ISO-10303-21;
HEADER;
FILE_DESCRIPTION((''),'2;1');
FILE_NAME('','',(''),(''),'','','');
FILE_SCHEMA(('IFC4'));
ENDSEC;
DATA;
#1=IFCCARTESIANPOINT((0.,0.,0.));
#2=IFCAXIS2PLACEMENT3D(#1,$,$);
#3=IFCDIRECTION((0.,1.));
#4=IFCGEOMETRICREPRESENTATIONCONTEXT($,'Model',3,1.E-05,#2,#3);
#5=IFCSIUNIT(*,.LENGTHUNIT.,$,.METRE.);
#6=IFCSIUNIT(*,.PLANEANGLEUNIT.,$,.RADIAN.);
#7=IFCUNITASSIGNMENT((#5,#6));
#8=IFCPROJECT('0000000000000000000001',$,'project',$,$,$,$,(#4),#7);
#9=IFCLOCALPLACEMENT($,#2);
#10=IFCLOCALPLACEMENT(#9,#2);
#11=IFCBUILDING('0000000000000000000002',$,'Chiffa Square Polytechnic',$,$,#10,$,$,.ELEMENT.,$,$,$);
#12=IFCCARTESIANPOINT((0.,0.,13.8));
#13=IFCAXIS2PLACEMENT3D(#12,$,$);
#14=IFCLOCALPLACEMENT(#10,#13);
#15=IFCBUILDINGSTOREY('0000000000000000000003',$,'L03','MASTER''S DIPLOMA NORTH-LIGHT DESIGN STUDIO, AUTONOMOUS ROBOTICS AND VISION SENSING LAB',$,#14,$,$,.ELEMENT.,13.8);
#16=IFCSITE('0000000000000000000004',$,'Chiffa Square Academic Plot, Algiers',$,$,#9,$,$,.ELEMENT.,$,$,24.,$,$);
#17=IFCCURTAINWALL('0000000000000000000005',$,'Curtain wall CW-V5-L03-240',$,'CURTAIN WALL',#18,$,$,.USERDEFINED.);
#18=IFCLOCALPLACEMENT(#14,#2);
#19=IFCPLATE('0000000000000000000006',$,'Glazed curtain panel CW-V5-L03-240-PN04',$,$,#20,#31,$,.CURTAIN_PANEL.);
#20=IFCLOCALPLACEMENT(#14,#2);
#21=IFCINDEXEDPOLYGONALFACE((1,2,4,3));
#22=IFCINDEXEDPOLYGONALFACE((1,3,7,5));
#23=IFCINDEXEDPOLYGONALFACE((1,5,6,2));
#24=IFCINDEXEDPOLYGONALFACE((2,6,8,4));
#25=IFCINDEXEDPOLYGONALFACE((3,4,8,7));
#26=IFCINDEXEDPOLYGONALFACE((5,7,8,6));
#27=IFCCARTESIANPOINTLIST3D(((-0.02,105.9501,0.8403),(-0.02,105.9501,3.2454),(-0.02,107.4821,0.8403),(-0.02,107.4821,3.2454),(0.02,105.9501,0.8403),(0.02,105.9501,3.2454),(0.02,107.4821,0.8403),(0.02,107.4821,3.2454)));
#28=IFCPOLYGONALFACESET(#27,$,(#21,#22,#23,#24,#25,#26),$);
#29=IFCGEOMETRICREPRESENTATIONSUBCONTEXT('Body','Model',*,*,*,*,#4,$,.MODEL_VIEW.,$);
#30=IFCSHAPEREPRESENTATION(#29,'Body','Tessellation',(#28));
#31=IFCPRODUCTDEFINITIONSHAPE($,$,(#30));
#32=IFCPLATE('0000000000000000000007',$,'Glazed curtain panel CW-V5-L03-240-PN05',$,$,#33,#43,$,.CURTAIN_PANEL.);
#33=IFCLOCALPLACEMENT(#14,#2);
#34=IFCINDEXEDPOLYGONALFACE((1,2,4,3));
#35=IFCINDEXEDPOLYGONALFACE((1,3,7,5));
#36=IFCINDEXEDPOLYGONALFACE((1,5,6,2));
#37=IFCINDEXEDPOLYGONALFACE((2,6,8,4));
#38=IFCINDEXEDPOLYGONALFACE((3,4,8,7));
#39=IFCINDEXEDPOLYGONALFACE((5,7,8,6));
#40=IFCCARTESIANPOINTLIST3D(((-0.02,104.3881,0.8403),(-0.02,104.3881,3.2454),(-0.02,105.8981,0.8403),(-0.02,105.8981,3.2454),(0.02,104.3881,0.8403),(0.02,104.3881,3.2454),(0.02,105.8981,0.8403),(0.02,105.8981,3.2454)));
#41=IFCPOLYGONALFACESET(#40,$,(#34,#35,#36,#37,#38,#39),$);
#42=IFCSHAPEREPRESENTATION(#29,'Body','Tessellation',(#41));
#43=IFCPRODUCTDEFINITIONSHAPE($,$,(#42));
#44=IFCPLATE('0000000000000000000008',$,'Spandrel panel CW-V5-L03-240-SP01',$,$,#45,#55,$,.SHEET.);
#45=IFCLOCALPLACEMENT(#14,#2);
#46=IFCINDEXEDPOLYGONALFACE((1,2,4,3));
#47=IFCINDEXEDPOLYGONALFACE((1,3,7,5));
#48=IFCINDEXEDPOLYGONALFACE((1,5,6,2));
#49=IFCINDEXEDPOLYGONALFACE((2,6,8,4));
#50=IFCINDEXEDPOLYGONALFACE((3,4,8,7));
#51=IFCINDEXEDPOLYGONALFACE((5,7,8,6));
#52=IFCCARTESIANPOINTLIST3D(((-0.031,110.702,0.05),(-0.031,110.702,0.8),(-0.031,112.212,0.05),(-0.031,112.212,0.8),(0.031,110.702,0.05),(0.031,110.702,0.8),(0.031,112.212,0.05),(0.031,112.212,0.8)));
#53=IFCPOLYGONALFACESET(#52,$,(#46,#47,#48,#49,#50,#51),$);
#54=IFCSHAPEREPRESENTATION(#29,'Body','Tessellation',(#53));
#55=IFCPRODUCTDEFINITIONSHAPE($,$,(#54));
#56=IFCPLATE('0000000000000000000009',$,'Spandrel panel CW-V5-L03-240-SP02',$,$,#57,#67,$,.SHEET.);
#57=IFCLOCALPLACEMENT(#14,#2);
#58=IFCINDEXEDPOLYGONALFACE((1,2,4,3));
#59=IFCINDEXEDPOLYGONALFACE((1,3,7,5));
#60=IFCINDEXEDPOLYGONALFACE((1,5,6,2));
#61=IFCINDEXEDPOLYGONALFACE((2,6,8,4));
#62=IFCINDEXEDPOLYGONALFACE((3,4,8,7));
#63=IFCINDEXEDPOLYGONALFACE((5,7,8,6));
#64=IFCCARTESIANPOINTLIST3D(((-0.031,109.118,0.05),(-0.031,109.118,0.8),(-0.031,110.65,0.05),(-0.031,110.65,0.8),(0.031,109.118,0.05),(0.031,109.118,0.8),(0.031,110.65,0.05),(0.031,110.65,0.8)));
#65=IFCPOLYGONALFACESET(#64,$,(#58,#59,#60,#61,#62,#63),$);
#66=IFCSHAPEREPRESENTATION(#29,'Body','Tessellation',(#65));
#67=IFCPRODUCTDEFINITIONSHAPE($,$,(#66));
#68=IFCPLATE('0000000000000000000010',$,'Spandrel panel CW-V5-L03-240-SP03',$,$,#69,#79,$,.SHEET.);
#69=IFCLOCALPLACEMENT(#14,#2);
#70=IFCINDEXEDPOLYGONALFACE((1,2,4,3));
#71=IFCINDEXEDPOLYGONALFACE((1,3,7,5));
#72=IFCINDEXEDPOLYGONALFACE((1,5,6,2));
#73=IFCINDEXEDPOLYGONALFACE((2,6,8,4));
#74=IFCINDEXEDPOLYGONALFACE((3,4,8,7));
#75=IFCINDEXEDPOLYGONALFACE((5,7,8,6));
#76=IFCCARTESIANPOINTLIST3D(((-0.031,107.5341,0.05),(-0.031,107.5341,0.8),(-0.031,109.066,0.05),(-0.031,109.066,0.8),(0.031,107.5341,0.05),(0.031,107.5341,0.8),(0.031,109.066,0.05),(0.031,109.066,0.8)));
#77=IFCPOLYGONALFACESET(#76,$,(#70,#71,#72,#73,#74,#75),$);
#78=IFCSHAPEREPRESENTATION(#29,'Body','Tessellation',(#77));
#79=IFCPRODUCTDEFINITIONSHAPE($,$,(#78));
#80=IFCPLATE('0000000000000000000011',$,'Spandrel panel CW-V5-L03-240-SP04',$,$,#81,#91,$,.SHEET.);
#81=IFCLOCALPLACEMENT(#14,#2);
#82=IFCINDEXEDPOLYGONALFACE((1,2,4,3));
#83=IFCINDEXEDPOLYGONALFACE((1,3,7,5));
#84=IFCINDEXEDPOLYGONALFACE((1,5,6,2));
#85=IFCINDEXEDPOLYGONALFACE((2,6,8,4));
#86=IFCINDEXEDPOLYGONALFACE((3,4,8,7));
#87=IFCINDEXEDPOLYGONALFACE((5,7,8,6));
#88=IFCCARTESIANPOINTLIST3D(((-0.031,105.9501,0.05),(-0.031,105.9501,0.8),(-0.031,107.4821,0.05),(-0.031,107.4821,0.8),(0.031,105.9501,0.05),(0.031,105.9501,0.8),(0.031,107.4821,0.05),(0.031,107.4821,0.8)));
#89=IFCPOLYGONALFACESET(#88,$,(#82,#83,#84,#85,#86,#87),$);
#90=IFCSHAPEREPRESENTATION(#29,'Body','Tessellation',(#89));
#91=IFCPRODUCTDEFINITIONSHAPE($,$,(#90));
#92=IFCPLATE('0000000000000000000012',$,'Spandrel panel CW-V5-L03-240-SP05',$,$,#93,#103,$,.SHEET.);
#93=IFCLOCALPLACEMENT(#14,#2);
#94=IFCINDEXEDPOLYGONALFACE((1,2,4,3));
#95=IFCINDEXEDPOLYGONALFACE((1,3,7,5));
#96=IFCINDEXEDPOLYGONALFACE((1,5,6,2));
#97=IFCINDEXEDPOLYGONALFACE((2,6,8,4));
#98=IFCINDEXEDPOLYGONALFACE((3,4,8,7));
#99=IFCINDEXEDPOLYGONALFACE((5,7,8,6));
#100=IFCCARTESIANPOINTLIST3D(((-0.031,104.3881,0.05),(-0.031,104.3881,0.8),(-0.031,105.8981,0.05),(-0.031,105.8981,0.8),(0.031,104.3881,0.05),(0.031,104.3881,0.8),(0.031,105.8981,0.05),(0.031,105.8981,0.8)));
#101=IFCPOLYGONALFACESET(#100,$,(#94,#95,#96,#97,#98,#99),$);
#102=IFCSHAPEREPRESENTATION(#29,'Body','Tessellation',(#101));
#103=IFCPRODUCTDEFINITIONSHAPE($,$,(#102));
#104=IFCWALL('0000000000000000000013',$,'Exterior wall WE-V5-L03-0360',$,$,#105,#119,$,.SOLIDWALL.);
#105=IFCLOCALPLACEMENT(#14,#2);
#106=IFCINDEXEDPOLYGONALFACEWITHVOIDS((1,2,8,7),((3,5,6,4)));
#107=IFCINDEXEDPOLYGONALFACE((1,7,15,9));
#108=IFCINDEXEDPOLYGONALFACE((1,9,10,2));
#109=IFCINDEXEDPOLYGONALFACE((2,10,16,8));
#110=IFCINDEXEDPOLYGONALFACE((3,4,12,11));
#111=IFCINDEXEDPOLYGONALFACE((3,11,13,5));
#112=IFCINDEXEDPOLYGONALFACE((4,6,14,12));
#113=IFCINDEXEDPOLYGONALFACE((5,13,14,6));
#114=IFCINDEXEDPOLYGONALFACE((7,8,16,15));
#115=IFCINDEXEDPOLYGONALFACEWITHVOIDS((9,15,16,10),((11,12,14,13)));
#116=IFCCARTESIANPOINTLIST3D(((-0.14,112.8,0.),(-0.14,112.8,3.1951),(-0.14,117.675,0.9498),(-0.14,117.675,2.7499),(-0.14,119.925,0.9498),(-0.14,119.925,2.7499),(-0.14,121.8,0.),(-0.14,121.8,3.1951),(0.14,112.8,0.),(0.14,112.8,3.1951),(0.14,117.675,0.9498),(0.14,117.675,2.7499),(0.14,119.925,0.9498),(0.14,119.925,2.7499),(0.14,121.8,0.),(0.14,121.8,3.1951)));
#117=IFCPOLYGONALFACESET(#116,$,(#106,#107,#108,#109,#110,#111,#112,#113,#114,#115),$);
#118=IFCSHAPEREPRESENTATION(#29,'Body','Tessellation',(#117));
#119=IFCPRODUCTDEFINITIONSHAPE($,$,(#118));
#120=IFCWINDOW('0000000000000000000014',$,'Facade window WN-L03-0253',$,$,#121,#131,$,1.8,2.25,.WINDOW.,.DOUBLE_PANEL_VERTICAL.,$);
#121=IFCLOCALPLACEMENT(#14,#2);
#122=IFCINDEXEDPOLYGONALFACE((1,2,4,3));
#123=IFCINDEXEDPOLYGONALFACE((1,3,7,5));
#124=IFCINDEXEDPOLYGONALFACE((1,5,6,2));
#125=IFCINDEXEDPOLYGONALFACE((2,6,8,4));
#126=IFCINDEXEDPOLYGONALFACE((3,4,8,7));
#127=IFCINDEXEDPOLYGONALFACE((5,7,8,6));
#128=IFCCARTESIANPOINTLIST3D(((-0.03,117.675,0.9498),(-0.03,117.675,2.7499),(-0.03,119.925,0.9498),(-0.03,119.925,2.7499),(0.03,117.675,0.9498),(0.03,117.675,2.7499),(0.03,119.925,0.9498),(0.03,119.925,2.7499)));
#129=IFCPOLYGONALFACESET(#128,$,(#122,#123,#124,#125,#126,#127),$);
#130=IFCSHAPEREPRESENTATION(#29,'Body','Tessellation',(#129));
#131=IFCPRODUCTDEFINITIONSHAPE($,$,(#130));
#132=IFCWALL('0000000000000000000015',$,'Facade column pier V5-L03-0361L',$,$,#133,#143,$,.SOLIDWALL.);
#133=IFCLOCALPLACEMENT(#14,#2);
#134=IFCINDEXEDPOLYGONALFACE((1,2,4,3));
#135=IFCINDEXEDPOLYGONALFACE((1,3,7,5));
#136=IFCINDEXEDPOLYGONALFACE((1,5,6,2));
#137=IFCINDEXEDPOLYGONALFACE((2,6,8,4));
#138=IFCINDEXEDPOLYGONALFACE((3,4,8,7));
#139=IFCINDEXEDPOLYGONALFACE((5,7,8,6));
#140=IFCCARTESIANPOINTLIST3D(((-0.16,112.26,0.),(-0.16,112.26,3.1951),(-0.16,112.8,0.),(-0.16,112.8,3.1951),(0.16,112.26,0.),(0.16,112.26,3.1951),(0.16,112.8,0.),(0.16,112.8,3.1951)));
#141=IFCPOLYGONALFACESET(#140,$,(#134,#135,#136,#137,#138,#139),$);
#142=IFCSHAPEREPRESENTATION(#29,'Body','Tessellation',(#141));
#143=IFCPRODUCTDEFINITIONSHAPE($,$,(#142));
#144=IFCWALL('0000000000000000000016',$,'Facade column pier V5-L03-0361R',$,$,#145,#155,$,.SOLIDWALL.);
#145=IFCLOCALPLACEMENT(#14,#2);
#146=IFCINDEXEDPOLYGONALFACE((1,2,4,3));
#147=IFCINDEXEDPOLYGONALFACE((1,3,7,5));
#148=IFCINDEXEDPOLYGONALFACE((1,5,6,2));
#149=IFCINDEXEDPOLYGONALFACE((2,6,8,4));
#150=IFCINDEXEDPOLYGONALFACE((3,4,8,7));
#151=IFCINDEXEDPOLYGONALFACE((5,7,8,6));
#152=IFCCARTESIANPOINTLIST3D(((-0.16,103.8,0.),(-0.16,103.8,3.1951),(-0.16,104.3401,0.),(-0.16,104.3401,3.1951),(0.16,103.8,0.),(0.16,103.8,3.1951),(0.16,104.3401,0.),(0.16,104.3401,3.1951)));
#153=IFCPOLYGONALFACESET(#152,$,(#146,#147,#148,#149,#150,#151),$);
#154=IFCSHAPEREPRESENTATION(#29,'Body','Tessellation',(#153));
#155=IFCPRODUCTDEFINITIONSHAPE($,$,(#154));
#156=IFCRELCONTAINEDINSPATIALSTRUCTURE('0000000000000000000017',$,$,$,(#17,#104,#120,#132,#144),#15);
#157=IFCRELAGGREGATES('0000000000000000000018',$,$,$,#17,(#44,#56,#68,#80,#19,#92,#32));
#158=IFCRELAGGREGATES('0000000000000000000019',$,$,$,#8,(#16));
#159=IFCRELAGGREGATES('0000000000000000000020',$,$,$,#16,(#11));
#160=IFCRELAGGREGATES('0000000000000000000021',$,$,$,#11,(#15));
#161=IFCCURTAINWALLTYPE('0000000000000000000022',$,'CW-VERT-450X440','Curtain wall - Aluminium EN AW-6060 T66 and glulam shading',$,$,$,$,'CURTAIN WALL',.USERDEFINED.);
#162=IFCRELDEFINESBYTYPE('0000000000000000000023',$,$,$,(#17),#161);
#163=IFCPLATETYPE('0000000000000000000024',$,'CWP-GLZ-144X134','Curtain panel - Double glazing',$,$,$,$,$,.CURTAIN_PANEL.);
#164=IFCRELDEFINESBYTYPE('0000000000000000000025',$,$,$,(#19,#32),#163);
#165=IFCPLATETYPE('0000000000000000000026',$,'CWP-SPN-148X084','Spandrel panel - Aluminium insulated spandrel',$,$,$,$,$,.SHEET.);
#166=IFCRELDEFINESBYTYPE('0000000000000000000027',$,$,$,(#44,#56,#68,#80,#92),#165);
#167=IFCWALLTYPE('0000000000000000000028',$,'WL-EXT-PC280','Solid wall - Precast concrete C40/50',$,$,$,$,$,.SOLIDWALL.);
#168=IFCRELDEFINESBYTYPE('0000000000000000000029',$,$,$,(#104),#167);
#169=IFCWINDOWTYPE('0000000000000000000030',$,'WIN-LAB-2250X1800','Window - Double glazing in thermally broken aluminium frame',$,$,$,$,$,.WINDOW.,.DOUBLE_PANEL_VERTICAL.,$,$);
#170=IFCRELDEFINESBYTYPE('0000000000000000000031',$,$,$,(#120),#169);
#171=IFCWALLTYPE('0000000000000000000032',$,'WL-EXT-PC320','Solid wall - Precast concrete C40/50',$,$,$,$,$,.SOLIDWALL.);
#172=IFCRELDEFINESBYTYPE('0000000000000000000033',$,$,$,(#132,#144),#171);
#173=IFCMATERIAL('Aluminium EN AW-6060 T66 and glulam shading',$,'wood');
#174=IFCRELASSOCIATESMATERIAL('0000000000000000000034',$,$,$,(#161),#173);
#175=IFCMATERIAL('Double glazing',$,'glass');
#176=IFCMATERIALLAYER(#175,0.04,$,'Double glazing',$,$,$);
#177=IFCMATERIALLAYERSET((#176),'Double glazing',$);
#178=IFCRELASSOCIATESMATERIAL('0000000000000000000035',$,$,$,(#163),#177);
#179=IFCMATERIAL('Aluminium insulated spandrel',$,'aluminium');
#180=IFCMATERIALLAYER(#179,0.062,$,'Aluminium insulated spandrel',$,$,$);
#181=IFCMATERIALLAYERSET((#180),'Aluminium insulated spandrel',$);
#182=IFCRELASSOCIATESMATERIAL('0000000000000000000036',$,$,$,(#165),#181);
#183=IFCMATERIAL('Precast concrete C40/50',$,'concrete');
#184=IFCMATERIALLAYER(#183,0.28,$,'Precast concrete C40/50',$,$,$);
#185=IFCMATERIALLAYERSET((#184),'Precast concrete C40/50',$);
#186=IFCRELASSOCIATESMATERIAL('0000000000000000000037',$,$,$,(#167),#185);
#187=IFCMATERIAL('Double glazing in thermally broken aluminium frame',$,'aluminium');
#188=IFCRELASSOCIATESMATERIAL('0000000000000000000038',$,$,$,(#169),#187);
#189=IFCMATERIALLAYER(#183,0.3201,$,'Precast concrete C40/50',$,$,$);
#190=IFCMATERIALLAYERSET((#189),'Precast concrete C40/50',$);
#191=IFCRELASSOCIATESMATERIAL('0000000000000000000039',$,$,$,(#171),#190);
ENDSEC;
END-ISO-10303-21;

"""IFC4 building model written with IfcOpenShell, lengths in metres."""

from ifc_helpers import new_model, si_unit, direction, frame, frame_2d, origin, origin_2d, place, context, subcontext, project, spatial, rectangle, extrude, material, layer, layer_set, type_object, element, fill, aggregate, save


model = new_model("IFC4")

# Units and contexts
model_context = context("Model", 3, precision=1e-05, world=origin(), true_north=direction((0.0, 1.0)))
body_context = subcontext(model_context, "Body", "Model", "MODEL_VIEW")
ifc_project = project(units=[si_unit("LENGTHUNIT", "METRE"), si_unit("PLANEANGLEUNIT", "RADIAN")], contexts=[model_context])

# Site, building, storey
site_placement = place(None, origin())
site = spatial("IfcSite", under=ifc_project, at=site_placement, Name="Chiffa Square Academic Plot, Algiers", CompositionType="ELEMENT", RefElevation=24.0)
building_placement = place(site_placement, origin())
building = spatial("IfcBuilding", under=site, at=building_placement, Name="Chiffa Square Polytechnic", CompositionType="ELEMENT")
storey_placement = place(building_placement, frame((0.0, 0.0, 13.8)))
storey = spatial("IfcBuildingStorey", under=building, at=storey_placement, Name="L03", Description="MASTER'S DIPLOMA NORTH-LIGHT DESIGN STUDIO, AUTONOMOUS ROBOTICS AND VISION SENSING LAB", CompositionType="ELEMENT", Elevation=13.8)

# Curtain wall, plates
ifc_material_1 = material(Name="Aluminium EN AW-6060 T66 and glulam shading", Category="wood")
curtain_wall_type = type_object("IfcCurtainWallType", Name="CW-VERT-450X440", Description="Curtain wall - Aluminium EN AW-6060 T66 and glulam shading", ElementType="CURTAIN WALL", PredefinedType="USERDEFINED", material=ifc_material_1)
curtain_wall_placement = place(storey_placement, origin())
curtain_wall = element("IfcCurtainWall", 1, at=curtain_wall_placement, inside=storey, type_object=curtain_wall_type, Name="Curtain wall CW-V5-L03-240", ObjectType="CURTAIN WALL", PredefinedType="USERDEFINED")
ifc_material_2 = material(Name="Double glazing", Category="glass")
ifc_layer_1 = layer(ifc_material_2, 0.04, Name="Double glazing")
ifc_layer_set_1 = layer_set([ifc_layer_1], Name="Double glazing")
plate_type_1 = type_object("IfcPlateType", Name="CWP-GLZ-144X134", Description="Curtain panel - Double glazing", PredefinedType="CURTAIN_PANEL", material=ifc_layer_set_1)
plate_1_placement = place(storey_placement, frame((0.0, 106.7161, 0.8403), z_axis=(0.0, 0.0, 1.0), x_axis=(0.0, -1.0, 0.0)))
plate_1 = element("IfcPlate", 2, at=plate_1_placement, type_object=plate_type_1, Name="Glazed curtain panel CW-V5-L03-240-PN04", PredefinedType="CURTAIN_PANEL", context=body_context, shape_type="SweptSolid", body=[
    extrude(rectangle(XDim=1.532, YDim=0.04, at=origin_2d()), origin(), (0.0, 0.0, 1.0), 2.405),
])
plate_2_placement = place(storey_placement, frame((0.0, 105.1431, 0.8403), z_axis=(0.0, 0.0, 1.0), x_axis=(0.0, -1.0, 0.0)))
plate_2 = element("IfcPlate", 3, at=plate_2_placement, type_object=plate_type_1, Name="Glazed curtain panel CW-V5-L03-240-PN05", PredefinedType="CURTAIN_PANEL", context=body_context, shape_type="SweptSolid", body=[
    extrude(rectangle(XDim=1.51, YDim=0.04, at=origin_2d()), origin(), (0.0, 0.0, 1.0), 2.405),
])
ifc_material_3 = material(Name="Aluminium insulated spandrel", Category="aluminium")
ifc_layer_2 = layer(ifc_material_3, 0.062, Name="Aluminium insulated spandrel")
ifc_layer_set_2 = layer_set([ifc_layer_2], Name="Aluminium insulated spandrel")
plate_type_2 = type_object("IfcPlateType", Name="CWP-SPN-148X084", Description="Spandrel panel - Aluminium insulated spandrel", PredefinedType="SHEET", material=ifc_layer_set_2)
plate_3_placement = place(storey_placement, frame((0.0, 111.457, 0.05), z_axis=(0.0, 0.0, 1.0), x_axis=(0.0, -1.0, 0.0)))
plate_3 = element("IfcPlate", 4, at=plate_3_placement, type_object=plate_type_2, Name="Spandrel panel CW-V5-L03-240-SP01", PredefinedType="SHEET", context=body_context, shape_type="SweptSolid", body=[
    extrude(rectangle(XDim=1.51, YDim=0.062, at=origin_2d()), origin(), (0.0, 0.0, 1.0), 0.75),
])
plate_4_placement = place(storey_placement, frame((0.0, 109.884, 0.05), z_axis=(0.0, 0.0, 1.0), x_axis=(0.0, -1.0, 0.0)))
plate_4 = element("IfcPlate", 5, at=plate_4_placement, type_object=plate_type_2, Name="Spandrel panel CW-V5-L03-240-SP02", PredefinedType="SHEET", context=body_context, shape_type="SweptSolid", body=[
    extrude(rectangle(XDim=1.532, YDim=0.062, at=origin_2d()), origin(), (0.0, 0.0, 1.0), 0.75),
])
plate_5_placement = place(storey_placement, frame((0.0, 108.3, 0.05), z_axis=(0.0, 0.0, 1.0), x_axis=(0.0, -1.0, 0.0)))
plate_5 = element("IfcPlate", 6, at=plate_5_placement, type_object=plate_type_2, Name="Spandrel panel CW-V5-L03-240-SP03", PredefinedType="SHEET", context=body_context, shape_type="SweptSolid", body=[
    extrude(rectangle(XDim=1.532, YDim=0.062, at=origin_2d()), origin(), (0.0, 0.0, 1.0), 0.75),
])
plate_6_placement = place(storey_placement, frame((0.0, 106.7161, 0.05), z_axis=(0.0, 0.0, 1.0), x_axis=(0.0, -1.0, 0.0)))
plate_6 = element("IfcPlate", 7, at=plate_6_placement, type_object=plate_type_2, Name="Spandrel panel CW-V5-L03-240-SP04", PredefinedType="SHEET", context=body_context, shape_type="SweptSolid", body=[
    extrude(rectangle(XDim=1.532, YDim=0.062, at=origin_2d()), origin(), (0.0, 0.0, 1.0), 0.75),
])
plate_7_placement = place(storey_placement, frame((0.0, 105.1431, 0.05), z_axis=(0.0, 0.0, 1.0), x_axis=(0.0, -1.0, 0.0)))
plate_7 = element("IfcPlate", 8, at=plate_7_placement, type_object=plate_type_2, Name="Spandrel panel CW-V5-L03-240-SP05", PredefinedType="SHEET", context=body_context, shape_type="SweptSolid", body=[
    extrude(rectangle(XDim=1.51, YDim=0.062, at=origin_2d()), origin(), (0.0, 0.0, 1.0), 0.75),
])
aggregate(curtain_wall, [plate_3, plate_4, plate_5, plate_6, plate_1, plate_7, plate_2])

# Wall, opening, window
ifc_material_4 = material(Name="Precast concrete C40/50", Category="concrete")
ifc_layer_3 = layer(ifc_material_4, 0.28, Name="Precast concrete C40/50")
ifc_layer_set_3 = layer_set([ifc_layer_3], Name="Precast concrete C40/50")
wall_type_1 = type_object("IfcWallType", Name="WL-EXT-PC280", Description="Solid wall - Precast concrete C40/50", PredefinedType="SOLIDWALL", material=ifc_layer_set_3)
wall_placement = place(storey_placement, frame((0.0, 121.8, 0.0), z_axis=(0.0, 0.0, 1.0), x_axis=(0.0, -1.0, 0.0)))
wall = element("IfcWall", 9, at=wall_placement, inside=storey, type_object=wall_type_1, Name="Exterior wall WE-V5-L03-0360", PredefinedType="SOLIDWALL", context=body_context, shape_type="SweptSolid", body=[
    extrude(rectangle(XDim=9.0, YDim=0.28, at=frame_2d((4.5, 0.0))), origin(), (0.0, 0.0, 1.0), 3.1951),
])
opening_placement = place(wall_placement, frame((1.875, 0.0, 0.95)))
opening = element("IfcOpeningElement", 10, at=opening_placement, cuts=wall, PredefinedType="OPENING", context=body_context, shape_type="SweptSolid", body=[
    extrude(rectangle(XDim=2.25, YDim=1.8, at=frame_2d((1.125, 0.8999))), frame((0.0, 0.1499, 0.0), z_axis=(0.0, -1.0, 0.0), x_axis=(1.0, 0.0, 0.0)), (0.0, 0.0, 1.0), 0.3),
])
ifc_material_5 = material(Name="Double glazing in thermally broken aluminium frame", Category="aluminium")
window_type = type_object("IfcWindowType", Name="WIN-LAB-2250X1800", Description="Window - Double glazing in thermally broken aluminium frame", PartitioningType="DOUBLE_PANEL_VERTICAL", PredefinedType="WINDOW", material=ifc_material_5)
window_placement = place(opening_placement, origin())
window = element("IfcWindow", 11, at=window_placement, inside=storey, type_object=window_type, Name="Facade window WN-L03-0253", OverallHeight=1.8, OverallWidth=2.25, PartitioningType="DOUBLE_PANEL_VERTICAL", PredefinedType="WINDOW", context=body_context, shape_type="SweptSolid", body=[
    extrude(rectangle(XDim=2.25, YDim=1.8, at=frame_2d((1.125, 0.8999))), frame((0.0, 0.03, 0.0), z_axis=(0.0, -1.0, 0.0), x_axis=(1.0, 0.0, 0.0)), (0.0, 0.0, 1.0), 0.0601),
])
fill(opening, window)

# Walls
ifc_layer_4 = layer(ifc_material_4, 0.3201, Name="Precast concrete C40/50")
ifc_layer_set_4 = layer_set([ifc_layer_4], Name="Precast concrete C40/50")
wall_type_2 = type_object("IfcWallType", Name="WL-EXT-PC320", Description="Solid wall - Precast concrete C40/50", PredefinedType="SOLIDWALL", material=ifc_layer_set_4)
for number, where, z_axis, x_axis, name in (
    (12, (0.0, 112.8, 0.0), (0.0, 0.0, 1.0), (0.0, -1.0, 0.0), "Facade column pier V5-L03-0361L"),
    (13, (0.0, 104.3401, 0.0), (0.0, 0.0, 1.0), (0.0, -1.0, 0.0), "Facade column pier V5-L03-0361R"),
):
    element("IfcWall", number, at=place(storey_placement, frame(where, z_axis=z_axis, x_axis=x_axis)), inside=storey, type_object=wall_type_2, Name=name, PredefinedType="SOLIDWALL", context=body_context, shape_type="SweptSolid", body=[
        extrude(rectangle(XDim=0.54, YDim=0.3201, at=frame_2d((0.27, 0.0))), origin(), (0.0, 0.0, 1.0), 3.1951),
    ])

save(model, "model.ifc")
